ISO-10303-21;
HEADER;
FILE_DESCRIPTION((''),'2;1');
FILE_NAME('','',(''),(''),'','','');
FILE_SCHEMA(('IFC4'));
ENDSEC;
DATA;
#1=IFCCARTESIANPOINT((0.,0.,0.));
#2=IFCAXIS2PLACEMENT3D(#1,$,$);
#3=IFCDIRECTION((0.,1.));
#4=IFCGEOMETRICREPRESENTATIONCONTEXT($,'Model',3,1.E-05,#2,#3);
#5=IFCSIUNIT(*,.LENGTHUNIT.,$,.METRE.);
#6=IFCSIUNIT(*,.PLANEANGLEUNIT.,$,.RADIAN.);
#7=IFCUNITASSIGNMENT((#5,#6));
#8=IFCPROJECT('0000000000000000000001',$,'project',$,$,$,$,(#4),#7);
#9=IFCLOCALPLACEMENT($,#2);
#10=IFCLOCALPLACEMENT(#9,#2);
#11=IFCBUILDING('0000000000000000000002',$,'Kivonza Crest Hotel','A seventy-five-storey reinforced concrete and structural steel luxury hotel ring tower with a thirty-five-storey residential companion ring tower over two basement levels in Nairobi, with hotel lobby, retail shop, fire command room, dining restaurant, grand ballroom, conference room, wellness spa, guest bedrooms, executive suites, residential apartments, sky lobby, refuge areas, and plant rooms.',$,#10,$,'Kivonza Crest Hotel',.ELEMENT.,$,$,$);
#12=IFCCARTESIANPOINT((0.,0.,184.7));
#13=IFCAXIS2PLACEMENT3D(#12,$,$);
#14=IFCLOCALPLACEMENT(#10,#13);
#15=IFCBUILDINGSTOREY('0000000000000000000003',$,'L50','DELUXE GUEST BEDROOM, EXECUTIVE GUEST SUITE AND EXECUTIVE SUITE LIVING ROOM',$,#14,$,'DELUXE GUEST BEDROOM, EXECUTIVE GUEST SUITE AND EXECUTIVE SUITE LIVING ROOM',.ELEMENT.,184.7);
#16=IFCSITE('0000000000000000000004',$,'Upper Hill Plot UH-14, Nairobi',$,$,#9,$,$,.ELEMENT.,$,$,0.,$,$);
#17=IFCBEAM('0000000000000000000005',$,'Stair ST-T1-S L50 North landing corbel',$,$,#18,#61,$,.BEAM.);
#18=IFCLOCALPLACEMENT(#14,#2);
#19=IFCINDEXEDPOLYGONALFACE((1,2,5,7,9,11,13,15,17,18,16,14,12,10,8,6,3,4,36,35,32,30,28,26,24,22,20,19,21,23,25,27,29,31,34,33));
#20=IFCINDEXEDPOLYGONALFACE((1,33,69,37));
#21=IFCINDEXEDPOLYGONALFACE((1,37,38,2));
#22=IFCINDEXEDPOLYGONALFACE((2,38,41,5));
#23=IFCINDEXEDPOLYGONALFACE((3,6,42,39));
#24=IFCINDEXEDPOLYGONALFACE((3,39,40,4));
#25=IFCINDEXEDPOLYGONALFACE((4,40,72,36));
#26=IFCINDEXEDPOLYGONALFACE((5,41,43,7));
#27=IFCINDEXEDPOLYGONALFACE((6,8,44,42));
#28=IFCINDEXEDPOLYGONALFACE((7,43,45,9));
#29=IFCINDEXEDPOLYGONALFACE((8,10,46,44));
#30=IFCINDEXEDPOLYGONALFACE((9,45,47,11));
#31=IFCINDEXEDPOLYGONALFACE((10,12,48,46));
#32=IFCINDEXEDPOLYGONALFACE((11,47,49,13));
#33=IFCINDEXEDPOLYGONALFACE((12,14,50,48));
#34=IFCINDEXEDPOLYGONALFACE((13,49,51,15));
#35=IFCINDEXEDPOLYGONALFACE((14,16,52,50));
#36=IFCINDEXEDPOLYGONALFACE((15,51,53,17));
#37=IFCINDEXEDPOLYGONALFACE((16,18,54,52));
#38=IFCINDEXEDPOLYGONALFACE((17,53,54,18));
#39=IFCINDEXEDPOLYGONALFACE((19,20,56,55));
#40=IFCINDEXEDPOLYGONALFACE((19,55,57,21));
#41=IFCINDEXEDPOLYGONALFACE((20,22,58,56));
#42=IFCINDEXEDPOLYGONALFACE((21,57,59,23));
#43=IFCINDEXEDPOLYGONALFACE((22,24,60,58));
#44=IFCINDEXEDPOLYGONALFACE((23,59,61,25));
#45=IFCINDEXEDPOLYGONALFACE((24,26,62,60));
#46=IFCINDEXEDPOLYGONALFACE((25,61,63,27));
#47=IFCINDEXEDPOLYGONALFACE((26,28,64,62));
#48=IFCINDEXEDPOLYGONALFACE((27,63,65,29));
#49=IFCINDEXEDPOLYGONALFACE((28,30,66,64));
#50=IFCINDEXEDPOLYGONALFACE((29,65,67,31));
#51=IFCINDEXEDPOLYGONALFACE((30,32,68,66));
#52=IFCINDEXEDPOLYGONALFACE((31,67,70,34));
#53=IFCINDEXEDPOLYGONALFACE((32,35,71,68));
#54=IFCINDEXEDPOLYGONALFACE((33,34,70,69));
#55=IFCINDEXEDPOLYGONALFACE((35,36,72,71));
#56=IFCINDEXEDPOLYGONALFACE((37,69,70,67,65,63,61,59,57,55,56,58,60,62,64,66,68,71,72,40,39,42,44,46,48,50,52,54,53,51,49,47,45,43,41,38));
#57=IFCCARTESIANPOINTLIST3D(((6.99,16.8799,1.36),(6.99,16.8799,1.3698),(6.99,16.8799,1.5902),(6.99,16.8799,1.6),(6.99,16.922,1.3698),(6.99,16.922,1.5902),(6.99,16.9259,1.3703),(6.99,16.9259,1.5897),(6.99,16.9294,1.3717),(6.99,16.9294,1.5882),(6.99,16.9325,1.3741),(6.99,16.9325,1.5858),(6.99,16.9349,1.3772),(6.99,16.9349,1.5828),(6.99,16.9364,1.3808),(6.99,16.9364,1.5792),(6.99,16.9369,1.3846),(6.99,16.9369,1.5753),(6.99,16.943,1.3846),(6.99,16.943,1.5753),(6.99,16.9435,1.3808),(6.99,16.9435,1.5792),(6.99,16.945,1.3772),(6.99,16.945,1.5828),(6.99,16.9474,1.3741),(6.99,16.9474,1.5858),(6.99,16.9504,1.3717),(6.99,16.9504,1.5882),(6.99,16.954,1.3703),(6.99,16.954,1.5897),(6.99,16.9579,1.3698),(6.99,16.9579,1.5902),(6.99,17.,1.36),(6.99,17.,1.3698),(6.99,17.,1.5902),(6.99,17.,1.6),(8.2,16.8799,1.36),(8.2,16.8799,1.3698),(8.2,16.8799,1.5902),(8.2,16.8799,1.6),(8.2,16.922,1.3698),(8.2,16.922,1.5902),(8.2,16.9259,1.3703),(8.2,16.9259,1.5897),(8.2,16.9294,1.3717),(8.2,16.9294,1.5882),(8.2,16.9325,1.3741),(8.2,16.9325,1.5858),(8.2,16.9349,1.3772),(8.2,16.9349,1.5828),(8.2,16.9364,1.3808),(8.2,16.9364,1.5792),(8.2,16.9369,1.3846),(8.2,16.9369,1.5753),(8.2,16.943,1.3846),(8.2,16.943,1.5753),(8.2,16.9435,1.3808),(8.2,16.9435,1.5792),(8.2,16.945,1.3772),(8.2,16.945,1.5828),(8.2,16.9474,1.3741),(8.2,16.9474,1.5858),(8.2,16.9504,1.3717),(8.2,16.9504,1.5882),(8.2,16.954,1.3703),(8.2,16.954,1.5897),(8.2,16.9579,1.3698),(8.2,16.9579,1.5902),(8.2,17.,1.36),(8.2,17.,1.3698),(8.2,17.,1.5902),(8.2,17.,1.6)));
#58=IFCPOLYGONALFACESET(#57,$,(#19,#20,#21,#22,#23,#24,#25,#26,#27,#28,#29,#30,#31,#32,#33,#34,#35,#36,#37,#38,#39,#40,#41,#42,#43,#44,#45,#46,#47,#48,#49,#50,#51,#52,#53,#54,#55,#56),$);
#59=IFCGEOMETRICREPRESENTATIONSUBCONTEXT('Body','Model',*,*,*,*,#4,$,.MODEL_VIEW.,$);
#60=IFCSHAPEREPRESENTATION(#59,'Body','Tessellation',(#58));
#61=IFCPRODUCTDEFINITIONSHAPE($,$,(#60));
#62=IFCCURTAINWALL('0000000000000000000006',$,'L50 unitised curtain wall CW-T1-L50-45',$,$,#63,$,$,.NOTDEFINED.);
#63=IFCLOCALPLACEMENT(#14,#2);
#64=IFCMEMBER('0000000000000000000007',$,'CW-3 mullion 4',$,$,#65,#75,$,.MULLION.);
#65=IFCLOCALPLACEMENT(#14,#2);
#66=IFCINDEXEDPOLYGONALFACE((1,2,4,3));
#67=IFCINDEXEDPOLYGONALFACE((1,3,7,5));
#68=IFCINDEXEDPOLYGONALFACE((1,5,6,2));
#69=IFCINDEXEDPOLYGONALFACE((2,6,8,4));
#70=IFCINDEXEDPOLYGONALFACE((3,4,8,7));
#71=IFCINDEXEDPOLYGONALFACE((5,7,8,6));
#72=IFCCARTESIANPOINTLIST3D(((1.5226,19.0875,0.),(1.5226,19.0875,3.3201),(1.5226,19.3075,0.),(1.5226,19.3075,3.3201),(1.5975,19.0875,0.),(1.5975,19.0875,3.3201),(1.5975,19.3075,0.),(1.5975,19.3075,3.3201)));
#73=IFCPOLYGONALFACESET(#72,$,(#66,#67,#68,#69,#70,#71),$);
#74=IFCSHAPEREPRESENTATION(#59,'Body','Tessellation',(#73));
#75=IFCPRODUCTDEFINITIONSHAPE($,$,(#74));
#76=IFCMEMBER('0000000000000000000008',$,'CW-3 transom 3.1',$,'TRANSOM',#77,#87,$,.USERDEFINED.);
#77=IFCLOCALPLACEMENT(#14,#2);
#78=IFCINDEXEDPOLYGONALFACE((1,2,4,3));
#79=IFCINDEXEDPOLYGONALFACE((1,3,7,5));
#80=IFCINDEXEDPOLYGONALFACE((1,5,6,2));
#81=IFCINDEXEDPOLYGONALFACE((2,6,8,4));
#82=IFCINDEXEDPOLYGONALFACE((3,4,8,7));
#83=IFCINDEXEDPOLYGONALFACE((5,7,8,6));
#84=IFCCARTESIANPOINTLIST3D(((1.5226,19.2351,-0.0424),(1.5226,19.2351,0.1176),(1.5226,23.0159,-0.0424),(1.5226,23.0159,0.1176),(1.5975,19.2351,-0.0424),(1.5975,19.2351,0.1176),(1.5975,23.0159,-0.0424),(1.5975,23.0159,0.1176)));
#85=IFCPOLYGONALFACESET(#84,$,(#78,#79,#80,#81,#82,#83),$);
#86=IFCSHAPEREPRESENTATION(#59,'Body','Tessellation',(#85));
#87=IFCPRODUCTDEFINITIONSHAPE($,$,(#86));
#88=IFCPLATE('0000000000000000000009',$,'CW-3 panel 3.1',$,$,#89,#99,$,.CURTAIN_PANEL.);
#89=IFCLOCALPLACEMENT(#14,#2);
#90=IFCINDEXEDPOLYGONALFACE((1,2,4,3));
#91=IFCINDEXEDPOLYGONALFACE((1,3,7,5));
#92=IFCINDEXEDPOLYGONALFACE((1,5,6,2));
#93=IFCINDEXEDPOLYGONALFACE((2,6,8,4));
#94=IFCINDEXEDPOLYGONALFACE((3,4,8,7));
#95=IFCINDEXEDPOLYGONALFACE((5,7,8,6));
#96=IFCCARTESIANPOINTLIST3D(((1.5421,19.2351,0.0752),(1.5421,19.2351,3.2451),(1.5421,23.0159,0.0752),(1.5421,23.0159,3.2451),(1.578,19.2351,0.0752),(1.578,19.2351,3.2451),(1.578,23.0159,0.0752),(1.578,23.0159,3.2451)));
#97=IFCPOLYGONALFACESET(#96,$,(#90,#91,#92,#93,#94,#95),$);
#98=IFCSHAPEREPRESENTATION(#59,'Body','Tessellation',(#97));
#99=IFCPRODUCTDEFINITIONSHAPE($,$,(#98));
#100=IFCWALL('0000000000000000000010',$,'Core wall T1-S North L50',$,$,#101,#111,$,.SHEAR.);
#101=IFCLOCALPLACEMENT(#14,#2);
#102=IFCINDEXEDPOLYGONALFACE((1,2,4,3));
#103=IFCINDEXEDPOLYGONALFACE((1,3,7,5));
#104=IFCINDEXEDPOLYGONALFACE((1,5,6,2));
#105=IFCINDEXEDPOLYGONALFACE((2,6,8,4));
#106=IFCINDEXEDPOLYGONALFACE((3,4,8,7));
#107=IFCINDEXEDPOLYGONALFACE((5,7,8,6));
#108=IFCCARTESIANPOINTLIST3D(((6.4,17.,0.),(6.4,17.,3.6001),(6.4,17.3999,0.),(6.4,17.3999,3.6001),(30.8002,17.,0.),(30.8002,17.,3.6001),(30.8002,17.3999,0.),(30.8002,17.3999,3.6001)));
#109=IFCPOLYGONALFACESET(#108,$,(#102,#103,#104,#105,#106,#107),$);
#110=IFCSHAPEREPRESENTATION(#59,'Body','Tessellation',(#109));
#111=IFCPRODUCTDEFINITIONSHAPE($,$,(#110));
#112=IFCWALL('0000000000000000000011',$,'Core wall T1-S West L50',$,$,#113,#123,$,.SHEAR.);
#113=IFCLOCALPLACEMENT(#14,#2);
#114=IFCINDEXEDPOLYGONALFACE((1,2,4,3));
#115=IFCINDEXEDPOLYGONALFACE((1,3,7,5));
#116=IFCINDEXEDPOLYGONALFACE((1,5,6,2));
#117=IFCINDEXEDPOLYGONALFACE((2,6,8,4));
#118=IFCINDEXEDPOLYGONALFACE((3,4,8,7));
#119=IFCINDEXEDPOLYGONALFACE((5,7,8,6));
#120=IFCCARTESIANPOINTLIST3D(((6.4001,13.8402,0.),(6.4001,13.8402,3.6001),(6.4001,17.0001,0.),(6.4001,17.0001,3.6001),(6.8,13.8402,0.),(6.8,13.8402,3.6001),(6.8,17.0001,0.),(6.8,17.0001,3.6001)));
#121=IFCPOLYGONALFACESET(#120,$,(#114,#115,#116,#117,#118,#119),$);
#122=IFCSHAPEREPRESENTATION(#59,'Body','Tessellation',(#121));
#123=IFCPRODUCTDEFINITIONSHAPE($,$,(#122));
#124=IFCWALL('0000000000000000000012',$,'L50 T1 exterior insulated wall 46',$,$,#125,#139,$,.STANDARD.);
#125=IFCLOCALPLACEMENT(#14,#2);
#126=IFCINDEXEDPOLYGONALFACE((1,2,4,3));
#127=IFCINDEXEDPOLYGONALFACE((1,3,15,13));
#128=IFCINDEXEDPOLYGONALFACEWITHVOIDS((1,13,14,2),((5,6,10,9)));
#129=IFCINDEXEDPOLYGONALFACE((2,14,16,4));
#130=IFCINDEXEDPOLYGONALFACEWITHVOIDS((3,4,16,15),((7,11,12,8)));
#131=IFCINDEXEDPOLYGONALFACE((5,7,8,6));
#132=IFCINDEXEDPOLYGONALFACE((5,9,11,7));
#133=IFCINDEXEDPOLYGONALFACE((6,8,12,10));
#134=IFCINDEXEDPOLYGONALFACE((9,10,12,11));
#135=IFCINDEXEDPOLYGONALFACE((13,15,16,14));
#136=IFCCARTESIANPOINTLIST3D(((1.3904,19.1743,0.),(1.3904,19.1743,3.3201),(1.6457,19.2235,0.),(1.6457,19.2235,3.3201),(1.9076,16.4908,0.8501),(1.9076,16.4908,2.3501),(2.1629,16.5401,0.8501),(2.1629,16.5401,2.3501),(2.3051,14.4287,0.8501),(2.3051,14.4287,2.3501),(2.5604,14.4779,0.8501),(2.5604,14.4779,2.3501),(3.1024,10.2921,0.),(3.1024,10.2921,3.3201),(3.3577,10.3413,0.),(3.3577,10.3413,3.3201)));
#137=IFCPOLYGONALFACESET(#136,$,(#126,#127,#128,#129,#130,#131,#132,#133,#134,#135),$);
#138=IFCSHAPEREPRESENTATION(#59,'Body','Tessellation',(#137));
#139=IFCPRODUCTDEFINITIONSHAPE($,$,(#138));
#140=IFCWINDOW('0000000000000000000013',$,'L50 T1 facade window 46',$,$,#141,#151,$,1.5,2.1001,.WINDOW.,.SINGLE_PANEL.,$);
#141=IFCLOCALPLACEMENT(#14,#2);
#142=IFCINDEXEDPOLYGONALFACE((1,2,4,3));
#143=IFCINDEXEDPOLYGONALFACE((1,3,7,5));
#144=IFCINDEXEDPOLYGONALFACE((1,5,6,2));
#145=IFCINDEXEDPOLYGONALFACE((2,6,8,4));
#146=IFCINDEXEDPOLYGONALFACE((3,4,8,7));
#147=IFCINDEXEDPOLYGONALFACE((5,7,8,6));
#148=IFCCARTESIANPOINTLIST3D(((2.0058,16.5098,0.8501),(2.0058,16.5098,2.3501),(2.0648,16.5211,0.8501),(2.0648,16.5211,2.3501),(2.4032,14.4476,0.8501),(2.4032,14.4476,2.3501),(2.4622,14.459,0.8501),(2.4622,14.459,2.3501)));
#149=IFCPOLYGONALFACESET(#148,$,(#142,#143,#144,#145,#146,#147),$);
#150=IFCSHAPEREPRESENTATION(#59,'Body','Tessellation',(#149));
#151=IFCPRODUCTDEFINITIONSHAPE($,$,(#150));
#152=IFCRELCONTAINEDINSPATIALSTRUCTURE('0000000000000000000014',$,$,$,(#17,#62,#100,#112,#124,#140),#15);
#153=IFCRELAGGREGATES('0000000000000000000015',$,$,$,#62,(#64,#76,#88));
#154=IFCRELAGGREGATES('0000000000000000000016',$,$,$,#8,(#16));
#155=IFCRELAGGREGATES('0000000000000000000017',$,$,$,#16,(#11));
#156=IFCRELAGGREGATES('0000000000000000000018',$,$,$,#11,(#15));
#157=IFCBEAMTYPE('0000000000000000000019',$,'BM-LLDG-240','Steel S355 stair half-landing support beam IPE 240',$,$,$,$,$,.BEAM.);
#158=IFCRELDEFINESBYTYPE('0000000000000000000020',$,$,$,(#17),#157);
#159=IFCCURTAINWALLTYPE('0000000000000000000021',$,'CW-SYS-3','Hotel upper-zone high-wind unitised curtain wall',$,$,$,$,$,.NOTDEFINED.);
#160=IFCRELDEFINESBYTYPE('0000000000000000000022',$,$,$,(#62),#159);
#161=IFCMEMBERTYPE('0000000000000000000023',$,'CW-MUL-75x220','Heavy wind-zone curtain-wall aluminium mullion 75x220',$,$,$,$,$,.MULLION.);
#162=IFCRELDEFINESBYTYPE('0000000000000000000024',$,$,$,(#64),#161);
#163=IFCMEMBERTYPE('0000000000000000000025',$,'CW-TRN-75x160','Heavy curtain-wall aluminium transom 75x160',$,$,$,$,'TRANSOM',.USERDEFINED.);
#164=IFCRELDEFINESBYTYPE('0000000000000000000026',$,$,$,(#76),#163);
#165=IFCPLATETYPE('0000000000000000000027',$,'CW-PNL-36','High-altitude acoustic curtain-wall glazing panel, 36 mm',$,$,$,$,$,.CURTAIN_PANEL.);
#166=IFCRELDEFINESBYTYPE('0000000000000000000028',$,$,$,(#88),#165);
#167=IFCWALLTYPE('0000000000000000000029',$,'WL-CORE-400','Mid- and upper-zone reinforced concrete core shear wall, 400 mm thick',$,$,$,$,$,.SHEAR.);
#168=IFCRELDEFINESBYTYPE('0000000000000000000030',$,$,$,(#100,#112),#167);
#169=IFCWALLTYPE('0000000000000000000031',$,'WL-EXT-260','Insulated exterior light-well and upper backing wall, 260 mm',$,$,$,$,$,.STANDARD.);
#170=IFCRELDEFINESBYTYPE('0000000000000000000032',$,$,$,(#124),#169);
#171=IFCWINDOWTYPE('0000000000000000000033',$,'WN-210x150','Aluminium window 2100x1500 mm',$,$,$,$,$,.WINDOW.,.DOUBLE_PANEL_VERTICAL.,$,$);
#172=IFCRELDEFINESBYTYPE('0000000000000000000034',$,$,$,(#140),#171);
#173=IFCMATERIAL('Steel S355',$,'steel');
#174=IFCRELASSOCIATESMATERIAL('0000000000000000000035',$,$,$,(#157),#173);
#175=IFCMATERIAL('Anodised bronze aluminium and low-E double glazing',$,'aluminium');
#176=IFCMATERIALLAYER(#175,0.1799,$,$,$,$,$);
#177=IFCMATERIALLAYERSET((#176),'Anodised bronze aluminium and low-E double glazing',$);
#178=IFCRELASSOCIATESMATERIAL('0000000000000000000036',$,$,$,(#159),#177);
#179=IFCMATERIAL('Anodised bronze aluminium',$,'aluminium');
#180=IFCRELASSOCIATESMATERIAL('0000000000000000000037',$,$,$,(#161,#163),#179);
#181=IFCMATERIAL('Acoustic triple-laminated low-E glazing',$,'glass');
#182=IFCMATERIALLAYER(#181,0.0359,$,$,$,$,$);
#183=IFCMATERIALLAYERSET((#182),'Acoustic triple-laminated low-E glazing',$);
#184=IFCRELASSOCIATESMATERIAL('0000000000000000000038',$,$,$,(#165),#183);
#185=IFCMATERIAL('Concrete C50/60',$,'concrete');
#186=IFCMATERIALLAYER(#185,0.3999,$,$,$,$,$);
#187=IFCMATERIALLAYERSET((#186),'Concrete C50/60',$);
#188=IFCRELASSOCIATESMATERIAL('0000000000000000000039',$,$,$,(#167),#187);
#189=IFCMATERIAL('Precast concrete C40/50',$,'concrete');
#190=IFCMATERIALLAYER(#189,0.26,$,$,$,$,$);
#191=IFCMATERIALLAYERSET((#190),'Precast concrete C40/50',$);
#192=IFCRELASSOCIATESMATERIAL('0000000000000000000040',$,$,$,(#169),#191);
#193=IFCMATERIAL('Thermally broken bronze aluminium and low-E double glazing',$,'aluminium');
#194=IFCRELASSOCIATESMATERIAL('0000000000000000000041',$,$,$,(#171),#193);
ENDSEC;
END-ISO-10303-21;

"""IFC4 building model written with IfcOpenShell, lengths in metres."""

from ifc_helpers import new_model, si_unit, direction, frame, frame_2d, origin, origin_2d, place, context, subcontext, project, spatial, rectangle, i_section, extrude, material, layer, layer_set, material_profile, profile_set, type_object, element, fill, aggregate, save


model = new_model("IFC4")

# Units and contexts
model_context = context("Model", 3, precision=1e-05, world=origin(), true_north=direction((0.0, 1.0)))
body_context = subcontext(model_context, "Body", "Model", "MODEL_VIEW")
ifc_project = project(units=[si_unit("LENGTHUNIT", "METRE"), si_unit("PLANEANGLEUNIT", "RADIAN")], contexts=[model_context])

# Site, building, storey
site_placement = place(None, origin())
site = spatial("IfcSite", under=ifc_project, at=site_placement, Name="Upper Hill Plot UH-14, Nairobi", CompositionType="ELEMENT", RefElevation=0.0)
building_placement = place(site_placement, origin())
building = spatial("IfcBuilding", under=site, at=building_placement, Name="Kivonza Crest Hotel", Description="A seventy-five-storey reinforced concrete and structural steel luxury hotel ring tower with a thirty-five-storey residential companion ring tower over two basement levels in Nairobi, with hotel lobby, retail shop, fire command room, dining restaurant, grand ballroom, conference room, wellness spa, guest bedrooms, executive suites, residential apartments, sky lobby, refuge areas, and plant rooms.", LongName="Kivonza Crest Hotel", CompositionType="ELEMENT")
storey_placement = place(building_placement, frame((0.0, 0.0, 184.7)))
storey = spatial("IfcBuildingStorey", under=building, at=storey_placement, Name="L50", Description="DELUXE GUEST BEDROOM, EXECUTIVE GUEST SUITE AND EXECUTIVE SUITE LIVING ROOM", LongName="DELUXE GUEST BEDROOM, EXECUTIVE GUEST SUITE AND EXECUTIVE SUITE LIVING ROOM", CompositionType="ELEMENT", Elevation=184.7)

# Shared definitions
ifc_material_1 = material(Name="Concrete C50/60", Category="concrete")

# Beam
ifc_material_2 = material(Name="Steel S355", Category="steel")
ifc_material_profile_1 = material_profile(ifc_material_2, i_section(OverallWidth=0.1201, OverallDepth=0.24, WebThickness=0.0061, FlangeThickness=0.0098, FilletRadius=0.0149, at=origin_2d()), Name="IPE 240")
ifc_profile_set_1 = profile_set([ifc_material_profile_1], Name="Steel S355")
beam_type_1 = type_object("IfcBeamType", Name="BM-LLDG-240", Description="Steel S355 stair half-landing support beam IPE 240", PredefinedType="BEAM", material=ifc_profile_set_1)
for number, where, z_axis, x_axis, name in (
    (1, (6.99, 16.9399, 1.48), (1.0, 0.0, 0.0), (0.0, 1.0, 0.0), "Stair ST-T1-S L50 North landing corbel"),
):
    element("IfcBeam", number, at=place(storey_placement, frame(where, z_axis=z_axis, x_axis=x_axis)), inside=storey, type_object=beam_type_1, Name=name, PredefinedType="BEAM", context=body_context, shape_type="SweptSolid", body=[
        extrude(i_section(OverallWidth=0.1201, OverallDepth=0.24, WebThickness=0.0061, FlangeThickness=0.0098, FilletRadius=0.0149, at=origin_2d()), origin(), (0.0, 0.0, 1.0), 1.21),
    ])

# Curtain wall, members, plate
ifc_material_3 = material(Name="Anodised bronze aluminium and low-E double glazing", Category="aluminium")
ifc_layer_1 = layer(ifc_material_3, 0.1799)
ifc_layer_set_1 = layer_set([ifc_layer_1], Name="Anodised bronze aluminium and low-E double glazing")
curtain_wall_type = type_object("IfcCurtainWallType", Name="CW-SYS-3", Description="Hotel upper-zone high-wind unitised curtain wall", PredefinedType="NOTDEFINED", material=ifc_layer_set_1)
curtain_wall_placement = place(storey_placement, origin())
curtain_wall = element("IfcCurtainWall", 2, at=curtain_wall_placement, inside=storey, type_object=curtain_wall_type, Name="L50 unitised curtain wall CW-T1-L50-45", PredefinedType="NOTDEFINED")
ifc_material_4 = material(Name="Anodised bronze aluminium", Category="aluminium")
ifc_material_profile_2 = material_profile(ifc_material_4, rectangle(XDim=0.075, YDim=0.22, at=origin_2d()), Name="CW-M 75x220")
ifc_profile_set_2 = profile_set([ifc_material_profile_2], Name="Anodised bronze aluminium")
member_type_1 = type_object("IfcMemberType", Name="CW-MUL-75x220", Description="Heavy wind-zone curtain-wall aluminium mullion 75x220", PredefinedType="MULLION", material=ifc_profile_set_2)
member_1_placement = place(storey_placement, frame((1.5601, 19.1975, 0.0), z_axis=(0.0, 0.0, 1.0), x_axis=(1.0, 0.0, 0.0)))
member_1 = element("IfcMember", 3, at=member_1_placement, type_object=member_type_1, Name="CW-3 mullion 4", PredefinedType="MULLION", context=body_context, shape_type="SweptSolid", body=[
    extrude(rectangle(XDim=0.075, YDim=0.22, at=origin_2d()), origin(), (0.0, 0.0, 1.0), 3.3201),
])
ifc_material_profile_3 = material_profile(ifc_material_4, rectangle(XDim=0.075, YDim=0.1599, at=origin_2d()), Name="CW-T 75x160")
ifc_profile_set_3 = profile_set([ifc_material_profile_3], Name="Anodised bronze aluminium")
member_type_2 = type_object("IfcMemberType", Name="CW-TRN-75x160", Description="Heavy curtain-wall aluminium transom 75x160", ElementType="TRANSOM", PredefinedType="USERDEFINED", material=ifc_profile_set_3)
member_2_placement = place(storey_placement, frame((1.5601, 23.0159, 0.0376), z_axis=(0.0, -1.0, 0.0), x_axis=(1.0, 0.0, 0.0)))
member_2 = element("IfcMember", 4, at=member_2_placement, type_object=member_type_2, Name="CW-3 transom 3.1", ObjectType="TRANSOM", PredefinedType="USERDEFINED", context=body_context, shape_type="SweptSolid", body=[
    extrude(rectangle(XDim=0.075, YDim=0.1599, at=origin_2d()), origin(), (0.0, 0.0, 1.0), 3.7808),
])
ifc_material_5 = material(Name="Acoustic triple-laminated low-E glazing", Category="glass")
ifc_layer_2 = layer(ifc_material_5, 0.0359)
ifc_layer_set_2 = layer_set([ifc_layer_2], Name="Acoustic triple-laminated low-E glazing")
plate_type = type_object("IfcPlateType", Name="CW-PNL-36", Description="High-altitude acoustic curtain-wall glazing panel, 36 mm", PredefinedType="CURTAIN_PANEL", material=ifc_layer_set_2)
plate_placement = place(storey_placement, frame((1.5601, 21.1255, 0.0752), z_axis=(0.0, 0.0, 1.0), x_axis=(0.0, -1.0, 0.0)))
plate = element("IfcPlate", 5, at=plate_placement, type_object=plate_type, Name="CW-3 panel 3.1", PredefinedType="CURTAIN_PANEL", context=body_context, shape_type="SweptSolid", body=[
    extrude(rectangle(XDim=3.7808, YDim=0.0359, at=origin_2d()), origin(), (0.0, 0.0, 1.0), 3.1699),
])
aggregate(curtain_wall, [member_1, member_2, plate])

# Shared definitions
ifc_layer_3 = layer(ifc_material_1, 0.3999)
ifc_layer_set_3 = layer_set([ifc_layer_3], Name="Concrete C50/60")
wall_type_1 = type_object("IfcWallType", Name="WL-CORE-400", Description="Mid- and upper-zone reinforced concrete core shear wall, 400 mm thick", PredefinedType="SHEAR", material=ifc_layer_set_3)

# Walls
wall_1_placement = place(storey_placement, frame((6.3999, 17.2, 0.0), z_axis=(0.0, 0.0, 1.0), x_axis=(1.0, 0.0, 0.0)))
element("IfcWall", 6, at=wall_1_placement, inside=storey, type_object=wall_type_1, Name="Core wall T1-S North L50", PredefinedType="SHEAR", context=body_context, shape_type="SweptSolid", body=[
    extrude(rectangle(XDim=24.4001, YDim=0.3999, at=frame_2d((12.2002, 0.0))), origin(), (0.0, 0.0, 1.0), 3.6001),
])
wall_2_placement = place(storey_placement, frame((6.6001, 13.8401, 0.0), z_axis=(0.0, 0.0, 1.0), x_axis=(0.0, 1.0, 0.0)))
element("IfcWall", 7, at=wall_2_placement, inside=storey, type_object=wall_type_1, Name="Core wall T1-S West L50", PredefinedType="SHEAR", context=body_context, shape_type="SweptSolid", body=[
    extrude(rectangle(XDim=3.1599, YDim=0.3999, at=frame_2d((1.5801, 0.0))), origin(), (0.0, 0.0, 1.0), 3.6001),
])

# Wall, opening, window
ifc_material_6 = material(Name="Precast concrete C40/50", Category="concrete")
ifc_layer_4 = layer(ifc_material_6, 0.26)
ifc_layer_set_4 = layer_set([ifc_layer_4], Name="Precast concrete C40/50")
wall_type_2 = type_object("IfcWallType", Name="WL-EXT-260", Description="Insulated exterior light-well and upper backing wall, 260 mm", PredefinedType="STANDARD", material=ifc_layer_set_4)
wall_3_placement = place(storey_placement, frame((1.5181, 19.199, 0.0), z_axis=(0.0, 0.0, 1.0), x_axis=(0.189255, -0.981928, 0.0)))
wall_3 = element("IfcWall", 8, at=wall_3_placement, inside=storey, type_object=wall_type_2, Name="L50 T1 exterior insulated wall 46", PredefinedType="STANDARD", context=body_context, shape_type="SweptSolid", body=[
    extrude(rectangle(XDim=9.0457, YDim=0.26, at=frame_2d((4.5229, 0.0))), origin(), (0.0, 0.0, 1.0), 3.3201),
])
opening_1_placement = place(wall_3_placement, frame((2.7329, 0.0, 0.8501)))
opening_1 = element("IfcOpeningElement", 9, at=opening_1_placement, cuts=wall_3, PredefinedType="OPENING", context=body_context, shape_type="SweptSolid", body=[
    extrude(rectangle(XDim=2.1001, YDim=1.5, at=frame_2d((1.05, 0.75))), frame((0.0, 0.1401, 0.0), z_axis=(0.0, -1.0, 0.0), x_axis=(1.0, 0.0, 0.0)), (0.0, 0.0, 1.0), 0.28),
])
ifc_material_7 = material(Name="Thermally broken bronze aluminium and low-E double glazing", Category="aluminium")
window_type = type_object("IfcWindowType", Name="WN-210x150", Description="Aluminium window 2100x1500 mm", PartitioningType="DOUBLE_PANEL_VERTICAL", PredefinedType="WINDOW", material=ifc_material_7)
window_placement = place(opening_1_placement, origin())
window = element("IfcWindow", 10, at=window_placement, inside=storey, type_object=window_type, Name="L50 T1 facade window 46", OverallHeight=1.5, OverallWidth=2.1001, PartitioningType="SINGLE_PANEL", PredefinedType="WINDOW", context=body_context, shape_type="SweptSolid", body=[
    extrude(rectangle(XDim=2.1001, YDim=1.5, at=frame_2d((1.05, 0.75))), frame((0.0, 0.03, 0.0), z_axis=(0.0, -1.0, 0.0), x_axis=(1.0, 0.0, 0.0)), (0.0, 0.0, 1.0), 0.0601),
])
fill(opening_1, window)

save(model, "model.ifc")
